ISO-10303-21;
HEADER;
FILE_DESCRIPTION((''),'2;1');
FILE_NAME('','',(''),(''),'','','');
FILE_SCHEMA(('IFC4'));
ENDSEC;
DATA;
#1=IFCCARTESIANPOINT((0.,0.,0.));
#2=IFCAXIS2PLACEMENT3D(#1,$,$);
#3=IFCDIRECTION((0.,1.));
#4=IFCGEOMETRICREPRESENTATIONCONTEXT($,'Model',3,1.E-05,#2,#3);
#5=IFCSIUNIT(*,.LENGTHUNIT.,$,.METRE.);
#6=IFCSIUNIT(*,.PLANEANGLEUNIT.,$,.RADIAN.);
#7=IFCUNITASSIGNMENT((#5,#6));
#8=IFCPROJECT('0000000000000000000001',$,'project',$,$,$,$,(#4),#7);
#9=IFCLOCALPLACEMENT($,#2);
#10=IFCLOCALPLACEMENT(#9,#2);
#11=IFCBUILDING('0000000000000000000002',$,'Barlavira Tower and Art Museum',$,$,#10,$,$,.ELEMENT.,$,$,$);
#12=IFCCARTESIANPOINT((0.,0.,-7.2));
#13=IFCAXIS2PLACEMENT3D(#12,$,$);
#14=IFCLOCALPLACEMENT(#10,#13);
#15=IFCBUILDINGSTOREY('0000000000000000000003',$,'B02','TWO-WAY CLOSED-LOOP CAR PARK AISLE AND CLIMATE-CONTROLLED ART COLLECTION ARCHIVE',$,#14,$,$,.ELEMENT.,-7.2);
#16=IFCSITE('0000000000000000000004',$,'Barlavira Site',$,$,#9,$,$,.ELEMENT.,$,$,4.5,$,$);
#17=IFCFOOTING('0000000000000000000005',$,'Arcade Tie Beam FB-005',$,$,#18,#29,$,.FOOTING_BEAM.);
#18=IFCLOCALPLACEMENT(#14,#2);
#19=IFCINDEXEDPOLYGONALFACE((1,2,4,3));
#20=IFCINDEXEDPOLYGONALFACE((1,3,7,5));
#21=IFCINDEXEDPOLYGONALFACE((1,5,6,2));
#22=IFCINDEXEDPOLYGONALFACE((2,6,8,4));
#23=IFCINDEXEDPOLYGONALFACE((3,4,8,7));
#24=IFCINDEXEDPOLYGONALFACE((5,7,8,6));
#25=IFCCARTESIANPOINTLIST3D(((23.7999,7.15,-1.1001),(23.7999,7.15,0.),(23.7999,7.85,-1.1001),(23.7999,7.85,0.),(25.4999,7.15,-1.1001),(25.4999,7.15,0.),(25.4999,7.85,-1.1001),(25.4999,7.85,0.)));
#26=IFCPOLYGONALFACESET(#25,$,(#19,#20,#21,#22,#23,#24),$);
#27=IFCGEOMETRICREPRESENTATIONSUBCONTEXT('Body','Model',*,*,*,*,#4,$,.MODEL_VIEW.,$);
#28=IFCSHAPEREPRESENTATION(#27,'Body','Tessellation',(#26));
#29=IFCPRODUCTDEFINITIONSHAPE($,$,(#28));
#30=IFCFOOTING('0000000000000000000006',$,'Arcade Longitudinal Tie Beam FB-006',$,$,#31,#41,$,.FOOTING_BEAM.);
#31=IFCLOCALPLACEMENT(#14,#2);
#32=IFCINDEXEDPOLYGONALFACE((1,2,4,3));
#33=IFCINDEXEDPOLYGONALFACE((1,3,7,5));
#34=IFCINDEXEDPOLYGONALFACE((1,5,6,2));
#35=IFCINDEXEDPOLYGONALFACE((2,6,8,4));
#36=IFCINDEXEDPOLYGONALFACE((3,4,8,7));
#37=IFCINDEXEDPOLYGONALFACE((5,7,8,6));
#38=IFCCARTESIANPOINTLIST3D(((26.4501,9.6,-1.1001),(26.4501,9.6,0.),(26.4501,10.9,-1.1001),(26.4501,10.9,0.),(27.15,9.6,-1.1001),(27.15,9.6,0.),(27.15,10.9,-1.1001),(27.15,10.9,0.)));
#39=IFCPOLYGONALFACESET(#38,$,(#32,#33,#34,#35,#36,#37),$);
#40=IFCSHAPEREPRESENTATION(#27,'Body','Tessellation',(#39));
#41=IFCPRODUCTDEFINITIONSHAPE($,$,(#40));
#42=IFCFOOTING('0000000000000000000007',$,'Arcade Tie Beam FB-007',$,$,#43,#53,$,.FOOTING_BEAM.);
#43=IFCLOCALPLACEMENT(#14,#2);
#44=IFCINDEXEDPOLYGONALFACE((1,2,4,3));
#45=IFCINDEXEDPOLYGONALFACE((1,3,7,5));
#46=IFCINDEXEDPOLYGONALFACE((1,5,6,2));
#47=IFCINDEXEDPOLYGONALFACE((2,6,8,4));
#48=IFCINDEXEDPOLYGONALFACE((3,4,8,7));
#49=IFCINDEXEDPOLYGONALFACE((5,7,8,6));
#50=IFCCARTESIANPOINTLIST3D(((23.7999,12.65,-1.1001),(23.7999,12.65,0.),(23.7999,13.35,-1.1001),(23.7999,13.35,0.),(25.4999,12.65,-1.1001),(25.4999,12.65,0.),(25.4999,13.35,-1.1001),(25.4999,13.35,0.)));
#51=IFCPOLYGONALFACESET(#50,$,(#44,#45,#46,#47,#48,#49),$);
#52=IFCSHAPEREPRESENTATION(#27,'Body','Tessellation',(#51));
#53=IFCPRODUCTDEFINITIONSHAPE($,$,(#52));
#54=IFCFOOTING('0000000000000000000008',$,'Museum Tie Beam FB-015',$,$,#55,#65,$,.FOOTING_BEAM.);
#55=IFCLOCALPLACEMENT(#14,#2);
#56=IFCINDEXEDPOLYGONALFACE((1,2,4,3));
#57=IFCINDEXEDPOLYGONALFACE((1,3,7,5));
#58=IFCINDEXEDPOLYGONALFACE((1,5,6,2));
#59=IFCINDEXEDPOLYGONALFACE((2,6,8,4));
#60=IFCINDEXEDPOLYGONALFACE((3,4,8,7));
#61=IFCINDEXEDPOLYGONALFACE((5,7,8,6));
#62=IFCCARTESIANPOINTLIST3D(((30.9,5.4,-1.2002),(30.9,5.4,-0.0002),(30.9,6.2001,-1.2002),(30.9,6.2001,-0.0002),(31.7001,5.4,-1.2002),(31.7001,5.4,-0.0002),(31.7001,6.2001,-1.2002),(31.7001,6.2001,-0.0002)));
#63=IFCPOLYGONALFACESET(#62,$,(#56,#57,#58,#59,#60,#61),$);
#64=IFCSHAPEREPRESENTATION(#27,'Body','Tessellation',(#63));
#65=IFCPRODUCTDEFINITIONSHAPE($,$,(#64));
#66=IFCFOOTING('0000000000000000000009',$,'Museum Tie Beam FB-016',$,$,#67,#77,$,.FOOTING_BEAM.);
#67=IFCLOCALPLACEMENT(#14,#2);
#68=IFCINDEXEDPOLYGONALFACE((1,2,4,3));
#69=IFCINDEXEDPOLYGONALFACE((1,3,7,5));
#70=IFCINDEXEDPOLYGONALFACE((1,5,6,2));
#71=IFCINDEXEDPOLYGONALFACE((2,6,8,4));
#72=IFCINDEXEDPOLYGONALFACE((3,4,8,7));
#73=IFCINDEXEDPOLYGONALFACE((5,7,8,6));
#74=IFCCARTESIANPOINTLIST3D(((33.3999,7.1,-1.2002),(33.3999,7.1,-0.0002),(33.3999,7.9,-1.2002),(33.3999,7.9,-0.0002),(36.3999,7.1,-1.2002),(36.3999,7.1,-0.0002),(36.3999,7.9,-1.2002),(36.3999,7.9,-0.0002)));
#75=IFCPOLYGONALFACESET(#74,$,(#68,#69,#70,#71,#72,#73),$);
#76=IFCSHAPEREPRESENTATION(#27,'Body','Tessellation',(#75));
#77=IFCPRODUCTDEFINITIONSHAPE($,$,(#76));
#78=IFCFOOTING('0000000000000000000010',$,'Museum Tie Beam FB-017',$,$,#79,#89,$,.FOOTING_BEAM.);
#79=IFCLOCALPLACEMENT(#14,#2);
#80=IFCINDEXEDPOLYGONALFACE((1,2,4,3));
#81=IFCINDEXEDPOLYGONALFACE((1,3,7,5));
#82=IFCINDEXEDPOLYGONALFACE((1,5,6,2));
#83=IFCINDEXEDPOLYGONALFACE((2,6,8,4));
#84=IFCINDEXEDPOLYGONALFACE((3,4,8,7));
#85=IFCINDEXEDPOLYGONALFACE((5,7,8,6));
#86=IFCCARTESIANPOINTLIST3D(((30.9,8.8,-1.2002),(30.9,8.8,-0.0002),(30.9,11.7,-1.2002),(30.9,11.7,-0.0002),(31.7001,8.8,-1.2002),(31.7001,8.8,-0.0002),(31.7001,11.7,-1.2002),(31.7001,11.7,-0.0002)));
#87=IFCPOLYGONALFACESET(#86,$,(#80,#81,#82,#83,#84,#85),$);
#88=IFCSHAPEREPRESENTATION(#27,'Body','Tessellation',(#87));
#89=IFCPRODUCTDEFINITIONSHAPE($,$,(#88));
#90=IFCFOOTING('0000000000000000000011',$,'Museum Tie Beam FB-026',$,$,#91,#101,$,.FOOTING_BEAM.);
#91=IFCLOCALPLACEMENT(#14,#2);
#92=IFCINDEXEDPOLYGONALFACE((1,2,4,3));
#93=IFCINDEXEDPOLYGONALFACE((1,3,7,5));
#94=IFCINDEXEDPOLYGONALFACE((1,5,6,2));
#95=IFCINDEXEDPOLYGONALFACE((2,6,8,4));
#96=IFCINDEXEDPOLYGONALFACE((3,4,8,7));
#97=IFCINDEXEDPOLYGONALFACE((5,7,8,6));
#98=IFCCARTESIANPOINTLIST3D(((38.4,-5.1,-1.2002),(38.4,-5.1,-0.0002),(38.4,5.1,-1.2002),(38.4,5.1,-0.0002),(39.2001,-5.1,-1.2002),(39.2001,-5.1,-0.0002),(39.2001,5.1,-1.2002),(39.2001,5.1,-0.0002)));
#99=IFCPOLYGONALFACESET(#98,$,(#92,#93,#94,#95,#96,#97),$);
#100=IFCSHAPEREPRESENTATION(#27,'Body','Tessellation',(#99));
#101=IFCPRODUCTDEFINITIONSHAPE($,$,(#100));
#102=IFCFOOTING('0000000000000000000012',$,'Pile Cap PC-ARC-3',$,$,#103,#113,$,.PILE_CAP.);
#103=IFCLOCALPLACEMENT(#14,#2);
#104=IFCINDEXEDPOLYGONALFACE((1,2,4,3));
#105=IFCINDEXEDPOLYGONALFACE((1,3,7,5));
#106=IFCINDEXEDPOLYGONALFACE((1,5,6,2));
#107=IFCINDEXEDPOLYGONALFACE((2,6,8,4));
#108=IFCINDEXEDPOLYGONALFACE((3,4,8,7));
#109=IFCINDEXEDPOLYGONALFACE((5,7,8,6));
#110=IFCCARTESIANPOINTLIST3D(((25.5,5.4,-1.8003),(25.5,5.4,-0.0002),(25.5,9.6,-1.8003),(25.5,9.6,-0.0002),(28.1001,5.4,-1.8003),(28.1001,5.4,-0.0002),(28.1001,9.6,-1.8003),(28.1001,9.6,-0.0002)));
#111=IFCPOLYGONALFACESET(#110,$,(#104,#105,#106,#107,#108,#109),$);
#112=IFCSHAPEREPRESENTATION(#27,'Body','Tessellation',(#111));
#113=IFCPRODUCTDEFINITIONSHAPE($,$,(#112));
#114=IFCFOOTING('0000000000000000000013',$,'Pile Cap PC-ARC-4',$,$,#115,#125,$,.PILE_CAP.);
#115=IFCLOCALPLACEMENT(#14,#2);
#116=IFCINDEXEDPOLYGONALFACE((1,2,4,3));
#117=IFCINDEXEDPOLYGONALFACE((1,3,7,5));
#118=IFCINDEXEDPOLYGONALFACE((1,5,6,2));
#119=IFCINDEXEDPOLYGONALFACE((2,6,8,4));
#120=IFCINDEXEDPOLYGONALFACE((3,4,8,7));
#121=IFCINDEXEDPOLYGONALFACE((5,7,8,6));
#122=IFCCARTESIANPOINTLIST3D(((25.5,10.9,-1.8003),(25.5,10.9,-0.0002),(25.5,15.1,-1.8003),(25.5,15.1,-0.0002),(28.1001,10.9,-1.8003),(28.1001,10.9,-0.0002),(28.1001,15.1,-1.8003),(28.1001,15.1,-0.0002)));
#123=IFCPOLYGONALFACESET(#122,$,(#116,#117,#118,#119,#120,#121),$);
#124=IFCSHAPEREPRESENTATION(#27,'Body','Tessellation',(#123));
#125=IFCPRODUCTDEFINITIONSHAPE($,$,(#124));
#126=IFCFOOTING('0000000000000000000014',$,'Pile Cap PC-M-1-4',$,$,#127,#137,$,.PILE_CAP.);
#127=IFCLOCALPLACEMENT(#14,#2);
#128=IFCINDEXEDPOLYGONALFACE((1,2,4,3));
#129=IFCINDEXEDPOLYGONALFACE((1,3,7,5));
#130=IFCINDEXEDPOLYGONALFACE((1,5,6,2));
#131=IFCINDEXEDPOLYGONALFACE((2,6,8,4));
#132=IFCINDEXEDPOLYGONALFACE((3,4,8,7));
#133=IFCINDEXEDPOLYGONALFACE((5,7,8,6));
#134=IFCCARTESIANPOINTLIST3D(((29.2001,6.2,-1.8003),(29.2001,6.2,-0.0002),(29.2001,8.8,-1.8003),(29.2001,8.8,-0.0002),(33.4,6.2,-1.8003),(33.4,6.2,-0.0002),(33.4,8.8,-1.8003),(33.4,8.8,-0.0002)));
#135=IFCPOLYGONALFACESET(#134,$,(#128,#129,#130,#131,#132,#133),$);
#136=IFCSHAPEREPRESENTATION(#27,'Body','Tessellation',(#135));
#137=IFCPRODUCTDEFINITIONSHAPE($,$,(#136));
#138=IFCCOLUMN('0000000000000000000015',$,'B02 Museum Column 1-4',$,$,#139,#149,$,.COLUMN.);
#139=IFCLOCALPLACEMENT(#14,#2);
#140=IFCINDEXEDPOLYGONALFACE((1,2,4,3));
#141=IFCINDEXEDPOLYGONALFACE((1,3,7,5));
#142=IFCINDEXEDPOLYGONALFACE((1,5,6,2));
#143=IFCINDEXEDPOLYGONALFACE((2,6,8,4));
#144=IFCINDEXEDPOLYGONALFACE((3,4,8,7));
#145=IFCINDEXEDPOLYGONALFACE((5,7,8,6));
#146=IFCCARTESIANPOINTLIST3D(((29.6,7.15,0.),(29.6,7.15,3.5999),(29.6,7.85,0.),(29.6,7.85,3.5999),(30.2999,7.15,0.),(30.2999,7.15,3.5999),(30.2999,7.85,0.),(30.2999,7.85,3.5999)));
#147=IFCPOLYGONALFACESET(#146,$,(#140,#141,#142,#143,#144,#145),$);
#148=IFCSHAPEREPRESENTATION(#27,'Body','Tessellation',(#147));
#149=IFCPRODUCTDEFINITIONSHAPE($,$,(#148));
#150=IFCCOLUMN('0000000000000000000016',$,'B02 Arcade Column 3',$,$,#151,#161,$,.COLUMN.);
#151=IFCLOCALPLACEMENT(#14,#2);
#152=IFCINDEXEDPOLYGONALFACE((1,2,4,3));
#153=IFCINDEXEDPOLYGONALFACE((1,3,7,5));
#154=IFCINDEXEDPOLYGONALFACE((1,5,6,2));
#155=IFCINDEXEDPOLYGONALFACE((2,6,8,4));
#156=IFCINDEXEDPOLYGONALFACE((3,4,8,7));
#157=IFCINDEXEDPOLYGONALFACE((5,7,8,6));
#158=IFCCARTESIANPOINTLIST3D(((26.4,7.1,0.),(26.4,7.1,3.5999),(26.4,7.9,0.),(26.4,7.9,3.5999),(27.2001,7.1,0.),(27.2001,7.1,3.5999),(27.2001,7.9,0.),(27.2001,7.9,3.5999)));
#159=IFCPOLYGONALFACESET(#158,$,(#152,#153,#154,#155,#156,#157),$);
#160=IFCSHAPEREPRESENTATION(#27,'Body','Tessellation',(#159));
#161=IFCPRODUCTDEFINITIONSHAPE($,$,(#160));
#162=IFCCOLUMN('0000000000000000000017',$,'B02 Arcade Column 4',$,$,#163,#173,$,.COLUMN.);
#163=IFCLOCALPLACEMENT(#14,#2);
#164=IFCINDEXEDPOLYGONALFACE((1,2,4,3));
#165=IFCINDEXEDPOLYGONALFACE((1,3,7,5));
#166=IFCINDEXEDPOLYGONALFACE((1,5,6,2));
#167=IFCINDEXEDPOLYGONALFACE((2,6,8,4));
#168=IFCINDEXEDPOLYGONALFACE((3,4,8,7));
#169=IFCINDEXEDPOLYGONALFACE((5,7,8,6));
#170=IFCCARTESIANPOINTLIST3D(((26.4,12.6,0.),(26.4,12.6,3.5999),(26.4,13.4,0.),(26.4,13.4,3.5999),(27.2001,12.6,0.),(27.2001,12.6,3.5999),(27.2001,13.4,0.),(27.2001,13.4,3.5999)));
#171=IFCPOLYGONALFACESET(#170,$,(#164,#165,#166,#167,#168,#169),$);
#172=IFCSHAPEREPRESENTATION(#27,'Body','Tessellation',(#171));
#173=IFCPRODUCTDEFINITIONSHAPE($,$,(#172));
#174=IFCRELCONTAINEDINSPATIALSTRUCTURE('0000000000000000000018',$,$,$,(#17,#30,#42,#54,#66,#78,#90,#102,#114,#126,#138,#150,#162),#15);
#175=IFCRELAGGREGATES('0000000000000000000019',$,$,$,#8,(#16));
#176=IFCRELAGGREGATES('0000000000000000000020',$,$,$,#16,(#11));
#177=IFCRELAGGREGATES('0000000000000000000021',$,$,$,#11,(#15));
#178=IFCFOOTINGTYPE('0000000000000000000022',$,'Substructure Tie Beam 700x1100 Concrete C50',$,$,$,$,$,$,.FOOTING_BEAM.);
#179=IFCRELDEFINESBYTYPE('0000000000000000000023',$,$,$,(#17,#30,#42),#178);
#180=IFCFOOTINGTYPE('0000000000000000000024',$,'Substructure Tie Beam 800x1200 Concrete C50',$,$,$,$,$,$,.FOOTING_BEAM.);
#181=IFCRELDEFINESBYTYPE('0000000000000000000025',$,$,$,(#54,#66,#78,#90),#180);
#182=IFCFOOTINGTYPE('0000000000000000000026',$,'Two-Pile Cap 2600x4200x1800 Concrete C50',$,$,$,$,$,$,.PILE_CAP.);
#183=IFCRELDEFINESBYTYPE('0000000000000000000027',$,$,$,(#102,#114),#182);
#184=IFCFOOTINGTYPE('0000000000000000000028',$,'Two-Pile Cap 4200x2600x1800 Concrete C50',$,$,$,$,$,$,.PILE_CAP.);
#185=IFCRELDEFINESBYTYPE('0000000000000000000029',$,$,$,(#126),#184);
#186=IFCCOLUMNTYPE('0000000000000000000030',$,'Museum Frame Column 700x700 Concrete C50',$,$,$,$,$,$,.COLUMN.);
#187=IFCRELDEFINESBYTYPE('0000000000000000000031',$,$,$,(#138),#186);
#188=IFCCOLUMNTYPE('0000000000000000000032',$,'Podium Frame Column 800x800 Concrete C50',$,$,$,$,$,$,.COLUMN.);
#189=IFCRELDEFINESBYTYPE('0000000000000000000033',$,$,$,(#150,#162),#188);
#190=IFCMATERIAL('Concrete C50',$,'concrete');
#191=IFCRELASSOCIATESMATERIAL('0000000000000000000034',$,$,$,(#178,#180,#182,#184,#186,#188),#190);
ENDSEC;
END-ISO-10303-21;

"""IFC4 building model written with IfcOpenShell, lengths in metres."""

from ifc_helpers import new_model, si_unit, direction, frame, origin, origin_2d, place, context, subcontext, project, spatial, rectangle, extrude, material, material_profile, profile_set, type_object, element, save


model = new_model("IFC4")

# Units and contexts
model_context = context("Model", 3, precision=1e-05, world=origin(), true_north=direction((0.0, 1.0)))
body_context = subcontext(model_context, "Body", "Model", "MODEL_VIEW")
ifc_project = project(units=[si_unit("LENGTHUNIT", "METRE"), si_unit("PLANEANGLEUNIT", "RADIAN")], contexts=[model_context])

# Site, building, storey
site_placement = place(None, origin())
site = spatial("IfcSite", under=ifc_project, at=site_placement, Name="Barlavira Site", CompositionType="ELEMENT", RefElevation=4.5)
building_placement = place(site_placement, origin())
building = spatial("IfcBuilding", under=site, at=building_placement, Name="Barlavira Tower and Art Museum", CompositionType="ELEMENT")
storey_placement = place(building_placement, frame((0.0, 0.0, -7.2)))
storey = spatial("IfcBuildingStorey", under=building, at=storey_placement, Name="B02", Description="TWO-WAY CLOSED-LOOP CAR PARK AISLE AND CLIMATE-CONTROLLED ART COLLECTION ARCHIVE", CompositionType="ELEMENT", Elevation=-7.2)

# Shared definitions
ifc_material_1 = material(Name="Concrete C50", Category="concrete")

# Footings
footing_type_1 = type_object("IfcFootingType", Name="Substructure Tie Beam 700x1100 Concrete C50", PredefinedType="FOOTING_BEAM", material=ifc_material_1)
footing_1_placement = place(storey_placement, frame((24.6499, 7.5, -1.1001), z_axis=(0.0, 0.0, 1.0), x_axis=(1.0, 0.0, 0.0)))
element("IfcFooting", 1, at=footing_1_placement, inside=storey, type_object=footing_type_1, Name="Arcade Tie Beam FB-005", PredefinedType="FOOTING_BEAM", context=body_context, shape_type="SweptSolid", body=[
    extrude(rectangle(XDim=1.7, YDim=0.7, at=origin_2d()), origin(), (0.0, 0.0, 1.0), 1.1001),
])
footing_2_placement = place(storey_placement, frame((26.8, 10.25, -1.1001), z_axis=(0.0, 0.0, 1.0), x_axis=(1.0, 0.0, 0.0)))
element("IfcFooting", 2, at=footing_2_placement, inside=storey, type_object=footing_type_1, Name="Arcade Longitudinal Tie Beam FB-006", PredefinedType="FOOTING_BEAM", context=body_context, shape_type="SweptSolid", body=[
    extrude(rectangle(XDim=0.7, YDim=1.3, at=origin_2d()), origin(), (0.0, 0.0, 1.0), 1.1001),
])
footing_3_placement = place(storey_placement, frame((24.6499, 13.0, -1.1001), z_axis=(0.0, 0.0, 1.0), x_axis=(1.0, 0.0, 0.0)))
element("IfcFooting", 3, at=footing_3_placement, inside=storey, type_object=footing_type_1, Name="Arcade Tie Beam FB-007", PredefinedType="FOOTING_BEAM", context=body_context, shape_type="SweptSolid", body=[
    extrude(rectangle(XDim=1.7, YDim=0.7, at=origin_2d()), origin(), (0.0, 0.0, 1.0), 1.1001),
])
footing_type_2 = type_object("IfcFootingType", Name="Substructure Tie Beam 800x1200 Concrete C50", PredefinedType="FOOTING_BEAM", material=ifc_material_1)
footing_4_placement = place(storey_placement, frame((31.3, 5.8, -1.2002), z_axis=(0.0, 0.0, 1.0), x_axis=(1.0, 0.0, 0.0)))
element("IfcFooting", 4, at=footing_4_placement, inside=storey, type_object=footing_type_2, Name="Museum Tie Beam FB-015", PredefinedType="FOOTING_BEAM", context=body_context, shape_type="SweptSolid", body=[
    extrude(rectangle(XDim=0.8, YDim=0.8, at=origin_2d()), origin(), (0.0, 0.0, 1.0), 1.2),
])
footing_5_placement = place(storey_placement, frame((34.8999, 7.5, -1.2002), z_axis=(0.0, 0.0, 1.0), x_axis=(1.0, 0.0, 0.0)))
element("IfcFooting", 5, at=footing_5_placement, inside=storey, type_object=footing_type_2, Name="Museum Tie Beam FB-016", PredefinedType="FOOTING_BEAM", context=body_context, shape_type="SweptSolid", body=[
    extrude(rectangle(XDim=3.0, YDim=0.8, at=origin_2d()), origin(), (0.0, 0.0, 1.0), 1.2),
])
footing_6_placement = place(storey_placement, frame((31.3, 10.25, -1.2002), z_axis=(0.0, 0.0, 1.0), x_axis=(1.0, 0.0, 0.0)))
element("IfcFooting", 6, at=footing_6_placement, inside=storey, type_object=footing_type_2, Name="Museum Tie Beam FB-017", PredefinedType="FOOTING_BEAM", context=body_context, shape_type="SweptSolid", body=[
    extrude(rectangle(XDim=0.8, YDim=2.8999, at=origin_2d()), origin(), (0.0, 0.0, 1.0), 1.2),
])
footing_7_placement = place(storey_placement, frame((38.8, 0.0, -1.2002), z_axis=(0.0, 0.0, 1.0), x_axis=(1.0, 0.0, 0.0)))
element("IfcFooting", 7, at=footing_7_placement, inside=storey, type_object=footing_type_2, Name="Museum Tie Beam FB-026", PredefinedType="FOOTING_BEAM", context=body_context, shape_type="SweptSolid", body=[
    extrude(rectangle(XDim=0.8, YDim=10.2, at=origin_2d()), origin(), (0.0, 0.0, 1.0), 1.2),
])
footing_type_3 = type_object("IfcFootingType", Name="Two-Pile Cap 2600x4200x1800 Concrete C50", PredefinedType="PILE_CAP", material=ifc_material_1)
for number, where, z_axis, x_axis, name in (
    (8, (26.8, 7.5, -1.8003), (0.0, 0.0, 1.0), (1.0, 0.0, 0.0), "Pile Cap PC-ARC-3"),
    (9, (26.8, 13.0, -1.8003), (0.0, 0.0, 1.0), (1.0, 0.0, 0.0), "Pile Cap PC-ARC-4"),
):
    element("IfcFooting", number, at=place(storey_placement, frame(where, z_axis=z_axis, x_axis=x_axis)), inside=storey, type_object=footing_type_3, Name=name, PredefinedType="PILE_CAP", context=body_context, shape_type="SweptSolid", body=[
        extrude(rectangle(XDim=2.6001, YDim=4.2, at=origin_2d()), origin(), (0.0, 0.0, 1.0), 1.8),
    ])
footing_type_4 = type_object("IfcFootingType", Name="Two-Pile Cap 4200x2600x1800 Concrete C50", PredefinedType="PILE_CAP", material=ifc_material_1)
footing_8_placement = place(storey_placement, frame((31.3, 7.5, -1.8003), z_axis=(0.0, 0.0, 1.0), x_axis=(1.0, 0.0, 0.0)))
element("IfcFooting", 10, at=footing_8_placement, inside=storey, type_object=footing_type_4, Name="Pile Cap PC-M-1-4", PredefinedType="PILE_CAP", context=body_context, shape_type="SweptSolid", body=[
    extrude(rectangle(XDim=4.2, YDim=2.6001, at=origin_2d()), origin(), (0.0, 0.0, 1.0), 1.8),
])

# Columns
ifc_material_profile_1 = material_profile(ifc_material_1, rectangle(XDim=0.7, YDim=0.7, at=origin_2d()), Name="RC-COL 700x700")
ifc_profile_set_1 = profile_set([ifc_material_profile_1], Name="Concrete C50")
column_type_1 = type_object("IfcColumnType", Name="Museum Frame Column 700x700 Concrete C50", PredefinedType="COLUMN", material=ifc_profile_set_1)
column_placement = place(storey_placement, frame((29.95, 7.5, 0.0), z_axis=(0.0, 0.0, 1.0), x_axis=(1.0, 0.0, 0.0)))
element("IfcColumn", 11, at=column_placement, inside=storey, type_object=column_type_1, Name="B02 Museum Column 1-4", PredefinedType="COLUMN", context=body_context, shape_type="SweptSolid", body=[
    extrude(rectangle(XDim=0.7, YDim=0.7, at=origin_2d()), origin(), (0.0, 0.0, 1.0), 3.5999),
])
ifc_material_profile_2 = material_profile(ifc_material_1, rectangle(XDim=0.8, YDim=0.8, at=origin_2d()), Name="RC-COL 800x800")
ifc_profile_set_2 = profile_set([ifc_material_profile_2], Name="Concrete C50")
column_type_2 = type_object("IfcColumnType", Name="Podium Frame Column 800x800 Concrete C50", PredefinedType="COLUMN", material=ifc_profile_set_2)
for number, where, z_axis, x_axis, name in (
    (12, (26.8, 7.5, 0.0), (0.0, 0.0, 1.0), (1.0, 0.0, 0.0), "B02 Arcade Column 3"),
    (13, (26.8, 13.0, 0.0), (0.0, 0.0, 1.0), (1.0, 0.0, 0.0), "B02 Arcade Column 4"),
):
    element("IfcColumn", number, at=place(storey_placement, frame(where, z_axis=z_axis, x_axis=x_axis)), inside=storey, type_object=column_type_2, Name=name, PredefinedType="COLUMN", context=body_context, shape_type="SweptSolid", body=[
        extrude(rectangle(XDim=0.8, YDim=0.8, at=origin_2d()), origin(), (0.0, 0.0, 1.0), 3.5999),
    ])

save(model, "model.ifc")
